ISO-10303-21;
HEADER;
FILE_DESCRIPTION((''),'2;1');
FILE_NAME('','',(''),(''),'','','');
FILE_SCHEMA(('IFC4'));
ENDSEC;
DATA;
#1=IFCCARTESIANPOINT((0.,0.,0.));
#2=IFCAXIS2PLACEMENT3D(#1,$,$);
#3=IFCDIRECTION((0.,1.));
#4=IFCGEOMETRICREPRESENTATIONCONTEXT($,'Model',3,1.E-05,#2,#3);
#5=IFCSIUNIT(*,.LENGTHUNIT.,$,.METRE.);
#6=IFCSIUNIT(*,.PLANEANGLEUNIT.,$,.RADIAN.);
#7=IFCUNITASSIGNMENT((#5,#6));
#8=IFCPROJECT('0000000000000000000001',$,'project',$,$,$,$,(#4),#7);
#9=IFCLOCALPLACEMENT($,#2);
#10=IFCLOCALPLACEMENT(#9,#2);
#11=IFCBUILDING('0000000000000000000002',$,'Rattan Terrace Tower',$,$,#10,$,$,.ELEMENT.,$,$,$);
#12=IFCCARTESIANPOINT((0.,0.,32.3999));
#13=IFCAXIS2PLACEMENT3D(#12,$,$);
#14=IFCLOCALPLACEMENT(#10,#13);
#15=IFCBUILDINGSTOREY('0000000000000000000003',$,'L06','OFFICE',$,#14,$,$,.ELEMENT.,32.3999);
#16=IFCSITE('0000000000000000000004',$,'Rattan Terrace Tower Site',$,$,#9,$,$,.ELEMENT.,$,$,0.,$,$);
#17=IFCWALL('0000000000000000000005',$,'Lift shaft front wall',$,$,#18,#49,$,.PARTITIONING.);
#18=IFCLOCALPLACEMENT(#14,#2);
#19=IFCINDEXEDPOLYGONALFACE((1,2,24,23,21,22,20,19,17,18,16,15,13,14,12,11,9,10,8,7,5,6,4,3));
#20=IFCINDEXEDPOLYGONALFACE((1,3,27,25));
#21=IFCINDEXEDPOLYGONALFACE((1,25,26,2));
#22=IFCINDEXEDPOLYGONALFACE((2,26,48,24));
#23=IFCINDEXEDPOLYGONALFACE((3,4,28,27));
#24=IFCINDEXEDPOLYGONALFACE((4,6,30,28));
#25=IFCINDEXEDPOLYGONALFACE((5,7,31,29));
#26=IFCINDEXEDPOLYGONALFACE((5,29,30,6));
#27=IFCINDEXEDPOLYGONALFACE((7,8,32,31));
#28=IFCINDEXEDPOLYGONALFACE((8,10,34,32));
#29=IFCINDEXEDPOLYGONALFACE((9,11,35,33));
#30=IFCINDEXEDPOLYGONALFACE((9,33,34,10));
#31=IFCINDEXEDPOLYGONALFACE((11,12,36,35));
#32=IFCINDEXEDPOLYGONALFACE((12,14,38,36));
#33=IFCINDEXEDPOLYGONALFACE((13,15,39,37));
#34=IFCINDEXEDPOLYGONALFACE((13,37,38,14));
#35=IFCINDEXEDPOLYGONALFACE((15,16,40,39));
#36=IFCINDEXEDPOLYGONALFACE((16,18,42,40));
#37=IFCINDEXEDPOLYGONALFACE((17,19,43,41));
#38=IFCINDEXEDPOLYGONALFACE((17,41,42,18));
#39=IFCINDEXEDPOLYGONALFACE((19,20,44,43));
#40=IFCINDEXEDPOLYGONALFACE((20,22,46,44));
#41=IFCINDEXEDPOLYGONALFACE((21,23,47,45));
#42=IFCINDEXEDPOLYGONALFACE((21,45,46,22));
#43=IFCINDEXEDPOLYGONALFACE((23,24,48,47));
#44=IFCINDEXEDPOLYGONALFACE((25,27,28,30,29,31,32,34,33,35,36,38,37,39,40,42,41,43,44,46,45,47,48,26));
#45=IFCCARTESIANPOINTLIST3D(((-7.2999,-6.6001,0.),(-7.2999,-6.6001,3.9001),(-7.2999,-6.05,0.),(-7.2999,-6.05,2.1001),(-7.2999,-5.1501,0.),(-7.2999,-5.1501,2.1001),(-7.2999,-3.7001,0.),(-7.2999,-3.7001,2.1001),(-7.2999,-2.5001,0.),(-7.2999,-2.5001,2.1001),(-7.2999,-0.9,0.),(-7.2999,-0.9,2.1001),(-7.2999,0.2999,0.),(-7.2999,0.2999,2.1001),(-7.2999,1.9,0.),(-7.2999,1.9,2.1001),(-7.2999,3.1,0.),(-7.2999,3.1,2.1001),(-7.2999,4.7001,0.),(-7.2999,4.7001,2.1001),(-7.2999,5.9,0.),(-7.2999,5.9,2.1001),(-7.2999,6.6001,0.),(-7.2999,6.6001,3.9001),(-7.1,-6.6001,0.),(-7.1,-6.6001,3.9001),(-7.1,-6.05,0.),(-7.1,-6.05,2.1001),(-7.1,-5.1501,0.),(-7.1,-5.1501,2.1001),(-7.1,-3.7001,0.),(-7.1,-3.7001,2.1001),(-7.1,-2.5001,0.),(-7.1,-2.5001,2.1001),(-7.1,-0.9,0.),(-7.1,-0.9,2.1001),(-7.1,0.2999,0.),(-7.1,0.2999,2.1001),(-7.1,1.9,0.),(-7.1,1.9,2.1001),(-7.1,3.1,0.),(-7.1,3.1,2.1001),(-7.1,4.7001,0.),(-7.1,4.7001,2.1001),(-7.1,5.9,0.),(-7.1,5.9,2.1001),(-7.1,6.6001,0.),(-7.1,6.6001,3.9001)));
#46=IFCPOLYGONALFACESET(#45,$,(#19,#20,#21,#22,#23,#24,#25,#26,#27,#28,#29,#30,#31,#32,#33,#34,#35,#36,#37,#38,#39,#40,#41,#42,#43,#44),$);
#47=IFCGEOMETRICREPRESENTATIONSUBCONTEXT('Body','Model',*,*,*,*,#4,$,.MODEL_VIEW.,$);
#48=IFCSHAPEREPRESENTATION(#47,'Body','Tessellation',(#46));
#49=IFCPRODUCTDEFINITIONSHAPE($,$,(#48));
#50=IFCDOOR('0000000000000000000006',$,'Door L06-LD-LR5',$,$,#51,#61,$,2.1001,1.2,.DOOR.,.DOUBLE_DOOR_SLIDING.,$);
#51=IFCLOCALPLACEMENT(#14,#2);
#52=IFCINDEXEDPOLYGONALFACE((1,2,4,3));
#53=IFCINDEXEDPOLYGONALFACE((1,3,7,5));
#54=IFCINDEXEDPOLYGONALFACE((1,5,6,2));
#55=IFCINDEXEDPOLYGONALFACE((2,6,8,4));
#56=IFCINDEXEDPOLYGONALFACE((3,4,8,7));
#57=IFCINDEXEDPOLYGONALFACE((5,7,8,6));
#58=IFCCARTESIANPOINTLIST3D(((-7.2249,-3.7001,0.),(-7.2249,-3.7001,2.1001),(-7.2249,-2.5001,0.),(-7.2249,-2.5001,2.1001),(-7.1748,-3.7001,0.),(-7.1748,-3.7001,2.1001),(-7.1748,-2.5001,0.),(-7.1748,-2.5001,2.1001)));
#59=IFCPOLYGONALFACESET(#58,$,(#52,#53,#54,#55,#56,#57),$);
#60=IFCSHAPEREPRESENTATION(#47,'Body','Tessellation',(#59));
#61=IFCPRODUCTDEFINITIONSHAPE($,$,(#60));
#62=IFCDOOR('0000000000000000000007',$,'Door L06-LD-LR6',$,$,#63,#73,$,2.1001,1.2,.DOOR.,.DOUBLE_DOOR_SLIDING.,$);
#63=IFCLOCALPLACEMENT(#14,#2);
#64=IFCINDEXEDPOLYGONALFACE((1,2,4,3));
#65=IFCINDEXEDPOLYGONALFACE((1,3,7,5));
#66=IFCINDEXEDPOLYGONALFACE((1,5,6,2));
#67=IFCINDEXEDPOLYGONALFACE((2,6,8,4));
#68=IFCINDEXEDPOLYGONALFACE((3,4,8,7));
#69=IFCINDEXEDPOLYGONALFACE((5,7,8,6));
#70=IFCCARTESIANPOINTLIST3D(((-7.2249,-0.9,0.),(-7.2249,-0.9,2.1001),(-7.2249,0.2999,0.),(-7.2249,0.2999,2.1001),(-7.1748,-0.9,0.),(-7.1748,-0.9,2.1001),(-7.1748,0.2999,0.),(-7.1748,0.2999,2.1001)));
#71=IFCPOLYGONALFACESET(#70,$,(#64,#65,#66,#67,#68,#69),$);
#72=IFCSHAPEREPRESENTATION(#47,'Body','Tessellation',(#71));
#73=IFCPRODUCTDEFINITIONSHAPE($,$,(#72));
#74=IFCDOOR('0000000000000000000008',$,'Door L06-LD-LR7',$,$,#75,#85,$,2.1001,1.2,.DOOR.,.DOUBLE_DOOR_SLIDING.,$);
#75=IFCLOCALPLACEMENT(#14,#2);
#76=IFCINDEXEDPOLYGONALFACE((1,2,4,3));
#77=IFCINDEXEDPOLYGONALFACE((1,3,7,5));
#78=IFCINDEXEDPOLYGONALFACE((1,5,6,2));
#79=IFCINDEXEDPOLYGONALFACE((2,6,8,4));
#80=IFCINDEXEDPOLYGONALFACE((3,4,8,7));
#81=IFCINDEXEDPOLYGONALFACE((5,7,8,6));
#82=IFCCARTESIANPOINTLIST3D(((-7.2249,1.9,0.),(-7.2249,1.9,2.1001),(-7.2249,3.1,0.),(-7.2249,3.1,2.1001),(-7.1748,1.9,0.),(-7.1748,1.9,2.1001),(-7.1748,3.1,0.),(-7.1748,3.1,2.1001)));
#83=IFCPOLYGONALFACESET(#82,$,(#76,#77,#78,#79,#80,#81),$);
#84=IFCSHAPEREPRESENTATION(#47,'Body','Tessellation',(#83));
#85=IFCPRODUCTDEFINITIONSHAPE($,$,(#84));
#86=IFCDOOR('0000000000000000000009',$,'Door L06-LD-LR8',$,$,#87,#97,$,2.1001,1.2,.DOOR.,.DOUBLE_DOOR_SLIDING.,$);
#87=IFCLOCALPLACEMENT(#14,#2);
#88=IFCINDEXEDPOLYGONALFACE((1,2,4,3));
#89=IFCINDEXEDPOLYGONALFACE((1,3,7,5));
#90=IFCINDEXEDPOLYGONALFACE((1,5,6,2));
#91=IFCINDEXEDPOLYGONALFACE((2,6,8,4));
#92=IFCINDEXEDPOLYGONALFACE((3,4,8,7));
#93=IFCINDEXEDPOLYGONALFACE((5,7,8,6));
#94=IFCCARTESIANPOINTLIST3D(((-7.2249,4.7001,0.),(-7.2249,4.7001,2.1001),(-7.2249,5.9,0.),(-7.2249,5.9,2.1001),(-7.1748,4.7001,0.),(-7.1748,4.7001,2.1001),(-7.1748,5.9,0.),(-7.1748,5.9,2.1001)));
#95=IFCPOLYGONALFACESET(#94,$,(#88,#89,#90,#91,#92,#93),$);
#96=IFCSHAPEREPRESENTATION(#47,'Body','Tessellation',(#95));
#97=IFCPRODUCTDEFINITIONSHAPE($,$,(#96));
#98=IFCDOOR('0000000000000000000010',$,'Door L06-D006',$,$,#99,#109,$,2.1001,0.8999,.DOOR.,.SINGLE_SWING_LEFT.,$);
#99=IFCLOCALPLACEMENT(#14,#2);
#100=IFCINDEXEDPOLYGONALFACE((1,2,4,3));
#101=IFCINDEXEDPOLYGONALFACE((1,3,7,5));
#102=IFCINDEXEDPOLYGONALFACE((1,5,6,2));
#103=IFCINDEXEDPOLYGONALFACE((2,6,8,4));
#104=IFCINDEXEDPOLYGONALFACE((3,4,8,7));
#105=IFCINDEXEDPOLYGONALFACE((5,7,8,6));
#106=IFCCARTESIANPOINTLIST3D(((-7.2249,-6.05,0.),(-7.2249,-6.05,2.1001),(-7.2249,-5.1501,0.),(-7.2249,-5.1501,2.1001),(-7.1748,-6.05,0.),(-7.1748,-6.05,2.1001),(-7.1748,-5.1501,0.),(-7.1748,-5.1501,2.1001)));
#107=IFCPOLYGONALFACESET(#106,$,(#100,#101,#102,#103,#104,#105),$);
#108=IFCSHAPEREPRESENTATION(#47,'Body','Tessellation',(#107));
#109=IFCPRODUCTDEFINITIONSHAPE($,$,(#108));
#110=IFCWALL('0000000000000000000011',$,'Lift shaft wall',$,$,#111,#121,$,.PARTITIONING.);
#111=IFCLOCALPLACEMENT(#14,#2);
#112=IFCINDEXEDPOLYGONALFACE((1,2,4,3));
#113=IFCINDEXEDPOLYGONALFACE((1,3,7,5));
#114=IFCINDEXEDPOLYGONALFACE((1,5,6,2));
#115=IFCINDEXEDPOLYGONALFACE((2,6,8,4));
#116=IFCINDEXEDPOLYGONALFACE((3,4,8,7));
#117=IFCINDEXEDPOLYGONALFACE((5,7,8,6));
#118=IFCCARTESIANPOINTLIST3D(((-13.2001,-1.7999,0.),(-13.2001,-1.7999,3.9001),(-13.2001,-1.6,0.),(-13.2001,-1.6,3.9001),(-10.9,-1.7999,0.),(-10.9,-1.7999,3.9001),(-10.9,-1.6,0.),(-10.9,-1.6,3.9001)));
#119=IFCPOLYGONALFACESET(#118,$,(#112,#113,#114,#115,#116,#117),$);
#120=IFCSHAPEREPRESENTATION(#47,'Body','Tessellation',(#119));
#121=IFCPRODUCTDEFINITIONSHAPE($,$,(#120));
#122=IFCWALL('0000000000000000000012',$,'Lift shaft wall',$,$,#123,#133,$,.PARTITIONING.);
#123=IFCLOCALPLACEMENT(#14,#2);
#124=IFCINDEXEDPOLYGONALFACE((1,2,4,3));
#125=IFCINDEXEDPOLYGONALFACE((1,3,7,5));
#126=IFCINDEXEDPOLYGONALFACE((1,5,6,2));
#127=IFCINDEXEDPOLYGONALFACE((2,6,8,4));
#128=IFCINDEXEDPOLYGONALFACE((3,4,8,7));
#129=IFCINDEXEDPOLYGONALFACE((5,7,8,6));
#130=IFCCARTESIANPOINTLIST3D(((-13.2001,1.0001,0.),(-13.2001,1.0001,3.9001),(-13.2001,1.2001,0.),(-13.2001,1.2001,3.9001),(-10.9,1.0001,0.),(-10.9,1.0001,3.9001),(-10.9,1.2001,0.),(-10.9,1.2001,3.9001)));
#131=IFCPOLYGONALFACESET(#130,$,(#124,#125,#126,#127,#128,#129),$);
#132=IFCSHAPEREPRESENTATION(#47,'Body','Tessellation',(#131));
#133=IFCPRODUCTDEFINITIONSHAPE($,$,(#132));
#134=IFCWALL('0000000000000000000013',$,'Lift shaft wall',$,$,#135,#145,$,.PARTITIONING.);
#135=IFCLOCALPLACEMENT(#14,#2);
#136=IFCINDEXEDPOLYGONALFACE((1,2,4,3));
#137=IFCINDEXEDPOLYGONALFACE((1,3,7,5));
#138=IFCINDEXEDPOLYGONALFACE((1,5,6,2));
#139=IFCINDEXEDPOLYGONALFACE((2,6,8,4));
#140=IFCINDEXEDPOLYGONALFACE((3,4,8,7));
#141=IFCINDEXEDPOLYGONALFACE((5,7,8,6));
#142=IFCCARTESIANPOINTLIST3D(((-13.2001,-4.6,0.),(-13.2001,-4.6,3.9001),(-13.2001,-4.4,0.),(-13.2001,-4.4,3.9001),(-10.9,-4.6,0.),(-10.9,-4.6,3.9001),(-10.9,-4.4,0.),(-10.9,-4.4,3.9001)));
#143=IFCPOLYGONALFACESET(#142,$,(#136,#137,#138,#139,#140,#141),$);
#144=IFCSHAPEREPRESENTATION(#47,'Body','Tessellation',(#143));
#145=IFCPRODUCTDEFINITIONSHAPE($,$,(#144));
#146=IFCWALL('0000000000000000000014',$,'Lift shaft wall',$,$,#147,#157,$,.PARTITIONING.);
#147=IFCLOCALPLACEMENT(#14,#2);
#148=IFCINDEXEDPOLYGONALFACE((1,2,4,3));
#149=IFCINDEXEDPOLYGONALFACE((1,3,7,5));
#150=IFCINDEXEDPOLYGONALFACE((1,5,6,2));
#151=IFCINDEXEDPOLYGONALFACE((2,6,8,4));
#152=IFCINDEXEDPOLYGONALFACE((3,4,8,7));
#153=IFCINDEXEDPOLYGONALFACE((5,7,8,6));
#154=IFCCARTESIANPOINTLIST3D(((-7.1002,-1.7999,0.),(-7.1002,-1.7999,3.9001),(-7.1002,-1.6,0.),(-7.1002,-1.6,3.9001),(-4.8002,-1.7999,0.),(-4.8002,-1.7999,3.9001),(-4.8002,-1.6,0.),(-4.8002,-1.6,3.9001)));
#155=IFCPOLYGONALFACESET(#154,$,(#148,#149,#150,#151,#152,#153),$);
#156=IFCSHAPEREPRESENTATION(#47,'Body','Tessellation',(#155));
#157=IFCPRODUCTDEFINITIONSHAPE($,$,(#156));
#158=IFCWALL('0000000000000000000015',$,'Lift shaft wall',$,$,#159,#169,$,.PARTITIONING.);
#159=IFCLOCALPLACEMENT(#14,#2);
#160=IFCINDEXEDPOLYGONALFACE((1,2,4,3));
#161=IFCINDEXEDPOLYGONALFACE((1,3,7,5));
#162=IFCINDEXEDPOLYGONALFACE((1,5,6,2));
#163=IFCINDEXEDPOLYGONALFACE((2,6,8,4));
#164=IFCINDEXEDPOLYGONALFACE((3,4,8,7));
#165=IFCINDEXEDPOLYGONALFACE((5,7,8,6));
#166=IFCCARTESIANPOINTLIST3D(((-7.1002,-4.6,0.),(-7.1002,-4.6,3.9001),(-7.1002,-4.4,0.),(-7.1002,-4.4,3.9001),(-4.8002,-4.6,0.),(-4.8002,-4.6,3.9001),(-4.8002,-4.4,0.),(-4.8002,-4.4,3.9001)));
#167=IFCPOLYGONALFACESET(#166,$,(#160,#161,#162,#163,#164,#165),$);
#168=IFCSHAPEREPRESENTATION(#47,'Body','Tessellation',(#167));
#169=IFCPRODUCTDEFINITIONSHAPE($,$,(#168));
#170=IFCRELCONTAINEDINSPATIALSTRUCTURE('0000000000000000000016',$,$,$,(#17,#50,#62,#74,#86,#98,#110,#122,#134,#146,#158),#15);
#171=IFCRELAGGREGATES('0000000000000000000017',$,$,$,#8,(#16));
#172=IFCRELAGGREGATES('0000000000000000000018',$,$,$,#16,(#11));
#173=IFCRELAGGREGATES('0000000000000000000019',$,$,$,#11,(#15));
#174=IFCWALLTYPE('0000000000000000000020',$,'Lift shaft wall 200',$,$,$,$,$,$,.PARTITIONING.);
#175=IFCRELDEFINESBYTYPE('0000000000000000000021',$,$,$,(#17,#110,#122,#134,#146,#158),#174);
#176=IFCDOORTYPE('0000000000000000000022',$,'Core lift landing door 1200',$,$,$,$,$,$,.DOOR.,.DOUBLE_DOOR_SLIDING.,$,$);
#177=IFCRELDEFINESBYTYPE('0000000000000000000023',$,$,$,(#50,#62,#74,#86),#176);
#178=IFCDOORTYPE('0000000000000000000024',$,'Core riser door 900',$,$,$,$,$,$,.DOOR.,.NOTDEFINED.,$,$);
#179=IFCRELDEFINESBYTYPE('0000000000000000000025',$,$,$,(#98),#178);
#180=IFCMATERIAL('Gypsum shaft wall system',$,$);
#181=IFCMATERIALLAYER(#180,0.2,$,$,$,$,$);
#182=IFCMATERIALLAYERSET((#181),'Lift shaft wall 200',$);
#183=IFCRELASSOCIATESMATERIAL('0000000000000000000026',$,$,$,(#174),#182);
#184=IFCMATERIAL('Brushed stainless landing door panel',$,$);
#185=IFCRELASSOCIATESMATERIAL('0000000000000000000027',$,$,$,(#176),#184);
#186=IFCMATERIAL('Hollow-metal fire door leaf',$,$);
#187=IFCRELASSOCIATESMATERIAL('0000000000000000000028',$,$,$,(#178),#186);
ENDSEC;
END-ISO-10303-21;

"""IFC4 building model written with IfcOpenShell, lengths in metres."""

from ifc_helpers import new_model, si_unit, direction, frame, frame_2d, origin, place, context, subcontext, project, spatial, rectangle, extrude, material, layer, layer_set, type_object, element, fill, save


model = new_model("IFC4")

# Units and contexts
model_context = context("Model", 3, precision=1e-05, world=origin(), true_north=direction((0.0, 1.0)))
body_context = subcontext(model_context, "Body", "Model", "MODEL_VIEW")
ifc_project = project(units=[si_unit("LENGTHUNIT", "METRE"), si_unit("PLANEANGLEUNIT", "RADIAN")], contexts=[model_context])

# Site, building, storey
site_placement = place(None, origin())
site = spatial("IfcSite", under=ifc_project, at=site_placement, Name="Rattan Terrace Tower Site", CompositionType="ELEMENT", RefElevation=0.0)
building_placement = place(site_placement, origin())
building = spatial("IfcBuilding", under=site, at=building_placement, Name="Rattan Terrace Tower", CompositionType="ELEMENT")
storey_placement = place(building_placement, frame((0.0, 0.0, 32.3999)))
storey = spatial("IfcBuildingStorey", under=building, at=storey_placement, Name="L06", Description="OFFICE", CompositionType="ELEMENT", Elevation=32.3999)

# Wall, openings, doors
ifc_material_1 = material(Name="Gypsum shaft wall system")
ifc_layer_1 = layer(ifc_material_1, 0.2)
ifc_layer_set_1 = layer_set([ifc_layer_1], Name="Lift shaft wall 200")
wall_type_1 = type_object("IfcWallType", Name="Lift shaft wall 200", PredefinedType="PARTITIONING", material=ifc_layer_set_1)
ifc_material_2 = material(Name="Brushed stainless landing door panel")
door_type_1 = type_object("IfcDoorType", Name="Core lift landing door 1200", OperationType="DOUBLE_DOOR_SLIDING", PredefinedType="DOOR", material=ifc_material_2)
ifc_material_3 = material(Name="Hollow-metal fire door leaf")
door_type_2 = type_object("IfcDoorType", Name="Core riser door 900", OperationType="NOTDEFINED", PredefinedType="DOOR", material=ifc_material_3)
wall_1_placement = place(storey_placement, frame((-7.2, -6.6001, 0.0), z_axis=(0.0, 0.0, 1.0), x_axis=(0.0, 1.0, 0.0)))
wall_1 = element("IfcWall", 1, at=wall_1_placement, inside=storey, type_object=wall_type_1, Name="Lift shaft front wall", PredefinedType="PARTITIONING", context=body_context, shape_type="SweptSolid", body=[
    extrude(rectangle(XDim=13.2002, YDim=0.2, at=frame_2d((6.6001, 0.0))), origin(), (0.0, 0.0, 1.0), 3.9001),
])
opening_1_placement = place(wall_1_placement, frame((0.55, 0.0, 0.0)))
opening_1 = element("IfcOpeningElement", 2, at=opening_1_placement, cuts=wall_1, PredefinedType="OPENING", context=body_context, shape_type="SweptSolid", body=[
    extrude(rectangle(XDim=0.8999, YDim=2.1001, at=frame_2d((0.45, 1.05))), frame((0.0, 0.1106, 0.0), z_axis=(0.0, -1.0, 0.0), x_axis=(1.0, 0.0, 0.0)), (0.0, 0.0, 1.0), 0.2209),
])
opening_2_placement = place(wall_1_placement, frame((2.8999, 0.0, 0.0)))
opening_2 = element("IfcOpeningElement", 3, at=opening_2_placement, cuts=wall_1, PredefinedType="OPENING", context=body_context, shape_type="SweptSolid", body=[
    extrude(rectangle(XDim=1.2, YDim=2.1001, at=frame_2d((0.6001, 1.05))), frame((0.0, 0.1106, 0.0), z_axis=(0.0, -1.0, 0.0), x_axis=(1.0, 0.0, 0.0)), (0.0, 0.0, 1.0), 0.2209),
])
opening_3_placement = place(wall_1_placement, frame((5.7, 0.0, 0.0)))
opening_3 = element("IfcOpeningElement", 4, at=opening_3_placement, cuts=wall_1, PredefinedType="OPENING", context=body_context, shape_type="SweptSolid", body=[
    extrude(rectangle(XDim=1.2, YDim=2.1001, at=frame_2d((0.6001, 1.05))), frame((0.0, 0.1106, 0.0), z_axis=(0.0, -1.0, 0.0), x_axis=(1.0, 0.0, 0.0)), (0.0, 0.0, 1.0), 0.2209),
])
opening_4_placement = place(wall_1_placement, frame((8.5, 0.0, 0.0)))
opening_4 = element("IfcOpeningElement", 5, at=opening_4_placement, cuts=wall_1, PredefinedType="OPENING", context=body_context, shape_type="SweptSolid", body=[
    extrude(rectangle(XDim=1.2, YDim=2.1001, at=frame_2d((0.6001, 1.05))), frame((0.0, 0.1106, 0.0), z_axis=(0.0, -1.0, 0.0), x_axis=(1.0, 0.0, 0.0)), (0.0, 0.0, 1.0), 0.2209),
])
opening_5_placement = place(wall_1_placement, frame((11.3, 0.0, 0.0)))
opening_5 = element("IfcOpeningElement", 6, at=opening_5_placement, cuts=wall_1, PredefinedType="OPENING", context=body_context, shape_type="SweptSolid", body=[
    extrude(rectangle(XDim=1.2, YDim=2.1001, at=frame_2d((0.6001, 1.05))), frame((0.0, 0.1106, 0.0), z_axis=(0.0, -1.0, 0.0), x_axis=(1.0, 0.0, 0.0)), (0.0, 0.0, 1.0), 0.2209),
])
door_1_placement = place(opening_2_placement, origin())
door_1 = element("IfcDoor", 7, at=door_1_placement, inside=storey, type_object=door_type_1, Name="Door L06-LD-LR5", OperationType="DOUBLE_DOOR_SLIDING", OverallHeight=2.1001, OverallWidth=1.2, PredefinedType="DOOR", context=body_context, shape_type="SweptSolid", body=[
    extrude(rectangle(XDim=1.2, YDim=2.1001, at=frame_2d((0.6001, 1.05))), frame((0.0, 0.0249, 0.0), z_axis=(0.0, -1.0, 0.0), x_axis=(1.0, 0.0, 0.0)), (0.0, 0.0, 1.0), 0.05),
])
fill(opening_2, door_1)
door_2_placement = place(opening_3_placement, origin())
door_2 = element("IfcDoor", 8, at=door_2_placement, inside=storey, type_object=door_type_1, Name="Door L06-LD-LR6", OperationType="DOUBLE_DOOR_SLIDING", OverallHeight=2.1001, OverallWidth=1.2, PredefinedType="DOOR", context=body_context, shape_type="SweptSolid", body=[
    extrude(rectangle(XDim=1.2, YDim=2.1001, at=frame_2d((0.6001, 1.05))), frame((0.0, 0.0249, 0.0), z_axis=(0.0, -1.0, 0.0), x_axis=(1.0, 0.0, 0.0)), (0.0, 0.0, 1.0), 0.05),
])
fill(opening_3, door_2)
door_3_placement = place(opening_4_placement, origin())
door_3 = element("IfcDoor", 9, at=door_3_placement, inside=storey, type_object=door_type_1, Name="Door L06-LD-LR7", OperationType="DOUBLE_DOOR_SLIDING", OverallHeight=2.1001, OverallWidth=1.2, PredefinedType="DOOR", context=body_context, shape_type="SweptSolid", body=[
    extrude(rectangle(XDim=1.2, YDim=2.1001, at=frame_2d((0.6001, 1.05))), frame((0.0, 0.0249, 0.0), z_axis=(0.0, -1.0, 0.0), x_axis=(1.0, 0.0, 0.0)), (0.0, 0.0, 1.0), 0.05),
])
fill(opening_4, door_3)
door_4_placement = place(opening_5_placement, origin())
door_4 = element("IfcDoor", 10, at=door_4_placement, inside=storey, type_object=door_type_1, Name="Door L06-LD-LR8", OperationType="DOUBLE_DOOR_SLIDING", OverallHeight=2.1001, OverallWidth=1.2, PredefinedType="DOOR", context=body_context, shape_type="SweptSolid", body=[
    extrude(rectangle(XDim=1.2, YDim=2.1001, at=frame_2d((0.6001, 1.05))), frame((0.0, 0.0249, 0.0), z_axis=(0.0, -1.0, 0.0), x_axis=(1.0, 0.0, 0.0)), (0.0, 0.0, 1.0), 0.05),
])
fill(opening_5, door_4)
door_5_placement = place(opening_1_placement, origin())
door_5 = element("IfcDoor", 11, at=door_5_placement, inside=storey, type_object=door_type_2, Name="Door L06-D006", OperationType="SINGLE_SWING_LEFT", OverallHeight=2.1001, OverallWidth=0.8999, PredefinedType="DOOR", context=body_context, shape_type="SweptSolid", body=[
    extrude(rectangle(XDim=0.8999, YDim=2.1001, at=frame_2d((0.45, 1.05))), frame((0.0, 0.0249, 0.0), z_axis=(0.0, -1.0, 0.0), x_axis=(1.0, 0.0, 0.0)), (0.0, 0.0, 1.0), 0.05),
])
fill(opening_1, door_5)

# Walls
for number, where, z_axis, x_axis, name in (
    (12, (-13.2, -1.7, 0.0), (0.0, 0.0, 1.0), (1.0, 0.0, 0.0), "Lift shaft wall"),
    (13, (-13.2, 1.1001, 0.0), (0.0, 0.0, 1.0), (1.0, 0.0, 0.0), "Lift shaft wall"),
    (14, (-13.2, -4.5, 0.0), (0.0, 0.0, 1.0), (1.0, 0.0, 0.0), "Lift shaft wall"),
    (15, (-7.1001, -1.7, 0.0), (0.0, 0.0, 1.0), (1.0, 0.0, 0.0), "Lift shaft wall"),
    (16, (-7.1001, -4.5, 0.0), (0.0, 0.0, 1.0), (1.0, 0.0, 0.0), "Lift shaft wall"),
):
    element("IfcWall", number, at=place(storey_placement, frame(where, z_axis=z_axis, x_axis=x_axis)), inside=storey, type_object=wall_type_1, Name=name, PredefinedType="PARTITIONING", context=body_context, shape_type="SweptSolid", body=[
        extrude(rectangle(XDim=2.3, YDim=0.2, at=frame_2d((1.1499, 0.0))), origin(), (0.0, 0.0, 1.0), 3.9001),
    ])

save(model, "model.ifc")
